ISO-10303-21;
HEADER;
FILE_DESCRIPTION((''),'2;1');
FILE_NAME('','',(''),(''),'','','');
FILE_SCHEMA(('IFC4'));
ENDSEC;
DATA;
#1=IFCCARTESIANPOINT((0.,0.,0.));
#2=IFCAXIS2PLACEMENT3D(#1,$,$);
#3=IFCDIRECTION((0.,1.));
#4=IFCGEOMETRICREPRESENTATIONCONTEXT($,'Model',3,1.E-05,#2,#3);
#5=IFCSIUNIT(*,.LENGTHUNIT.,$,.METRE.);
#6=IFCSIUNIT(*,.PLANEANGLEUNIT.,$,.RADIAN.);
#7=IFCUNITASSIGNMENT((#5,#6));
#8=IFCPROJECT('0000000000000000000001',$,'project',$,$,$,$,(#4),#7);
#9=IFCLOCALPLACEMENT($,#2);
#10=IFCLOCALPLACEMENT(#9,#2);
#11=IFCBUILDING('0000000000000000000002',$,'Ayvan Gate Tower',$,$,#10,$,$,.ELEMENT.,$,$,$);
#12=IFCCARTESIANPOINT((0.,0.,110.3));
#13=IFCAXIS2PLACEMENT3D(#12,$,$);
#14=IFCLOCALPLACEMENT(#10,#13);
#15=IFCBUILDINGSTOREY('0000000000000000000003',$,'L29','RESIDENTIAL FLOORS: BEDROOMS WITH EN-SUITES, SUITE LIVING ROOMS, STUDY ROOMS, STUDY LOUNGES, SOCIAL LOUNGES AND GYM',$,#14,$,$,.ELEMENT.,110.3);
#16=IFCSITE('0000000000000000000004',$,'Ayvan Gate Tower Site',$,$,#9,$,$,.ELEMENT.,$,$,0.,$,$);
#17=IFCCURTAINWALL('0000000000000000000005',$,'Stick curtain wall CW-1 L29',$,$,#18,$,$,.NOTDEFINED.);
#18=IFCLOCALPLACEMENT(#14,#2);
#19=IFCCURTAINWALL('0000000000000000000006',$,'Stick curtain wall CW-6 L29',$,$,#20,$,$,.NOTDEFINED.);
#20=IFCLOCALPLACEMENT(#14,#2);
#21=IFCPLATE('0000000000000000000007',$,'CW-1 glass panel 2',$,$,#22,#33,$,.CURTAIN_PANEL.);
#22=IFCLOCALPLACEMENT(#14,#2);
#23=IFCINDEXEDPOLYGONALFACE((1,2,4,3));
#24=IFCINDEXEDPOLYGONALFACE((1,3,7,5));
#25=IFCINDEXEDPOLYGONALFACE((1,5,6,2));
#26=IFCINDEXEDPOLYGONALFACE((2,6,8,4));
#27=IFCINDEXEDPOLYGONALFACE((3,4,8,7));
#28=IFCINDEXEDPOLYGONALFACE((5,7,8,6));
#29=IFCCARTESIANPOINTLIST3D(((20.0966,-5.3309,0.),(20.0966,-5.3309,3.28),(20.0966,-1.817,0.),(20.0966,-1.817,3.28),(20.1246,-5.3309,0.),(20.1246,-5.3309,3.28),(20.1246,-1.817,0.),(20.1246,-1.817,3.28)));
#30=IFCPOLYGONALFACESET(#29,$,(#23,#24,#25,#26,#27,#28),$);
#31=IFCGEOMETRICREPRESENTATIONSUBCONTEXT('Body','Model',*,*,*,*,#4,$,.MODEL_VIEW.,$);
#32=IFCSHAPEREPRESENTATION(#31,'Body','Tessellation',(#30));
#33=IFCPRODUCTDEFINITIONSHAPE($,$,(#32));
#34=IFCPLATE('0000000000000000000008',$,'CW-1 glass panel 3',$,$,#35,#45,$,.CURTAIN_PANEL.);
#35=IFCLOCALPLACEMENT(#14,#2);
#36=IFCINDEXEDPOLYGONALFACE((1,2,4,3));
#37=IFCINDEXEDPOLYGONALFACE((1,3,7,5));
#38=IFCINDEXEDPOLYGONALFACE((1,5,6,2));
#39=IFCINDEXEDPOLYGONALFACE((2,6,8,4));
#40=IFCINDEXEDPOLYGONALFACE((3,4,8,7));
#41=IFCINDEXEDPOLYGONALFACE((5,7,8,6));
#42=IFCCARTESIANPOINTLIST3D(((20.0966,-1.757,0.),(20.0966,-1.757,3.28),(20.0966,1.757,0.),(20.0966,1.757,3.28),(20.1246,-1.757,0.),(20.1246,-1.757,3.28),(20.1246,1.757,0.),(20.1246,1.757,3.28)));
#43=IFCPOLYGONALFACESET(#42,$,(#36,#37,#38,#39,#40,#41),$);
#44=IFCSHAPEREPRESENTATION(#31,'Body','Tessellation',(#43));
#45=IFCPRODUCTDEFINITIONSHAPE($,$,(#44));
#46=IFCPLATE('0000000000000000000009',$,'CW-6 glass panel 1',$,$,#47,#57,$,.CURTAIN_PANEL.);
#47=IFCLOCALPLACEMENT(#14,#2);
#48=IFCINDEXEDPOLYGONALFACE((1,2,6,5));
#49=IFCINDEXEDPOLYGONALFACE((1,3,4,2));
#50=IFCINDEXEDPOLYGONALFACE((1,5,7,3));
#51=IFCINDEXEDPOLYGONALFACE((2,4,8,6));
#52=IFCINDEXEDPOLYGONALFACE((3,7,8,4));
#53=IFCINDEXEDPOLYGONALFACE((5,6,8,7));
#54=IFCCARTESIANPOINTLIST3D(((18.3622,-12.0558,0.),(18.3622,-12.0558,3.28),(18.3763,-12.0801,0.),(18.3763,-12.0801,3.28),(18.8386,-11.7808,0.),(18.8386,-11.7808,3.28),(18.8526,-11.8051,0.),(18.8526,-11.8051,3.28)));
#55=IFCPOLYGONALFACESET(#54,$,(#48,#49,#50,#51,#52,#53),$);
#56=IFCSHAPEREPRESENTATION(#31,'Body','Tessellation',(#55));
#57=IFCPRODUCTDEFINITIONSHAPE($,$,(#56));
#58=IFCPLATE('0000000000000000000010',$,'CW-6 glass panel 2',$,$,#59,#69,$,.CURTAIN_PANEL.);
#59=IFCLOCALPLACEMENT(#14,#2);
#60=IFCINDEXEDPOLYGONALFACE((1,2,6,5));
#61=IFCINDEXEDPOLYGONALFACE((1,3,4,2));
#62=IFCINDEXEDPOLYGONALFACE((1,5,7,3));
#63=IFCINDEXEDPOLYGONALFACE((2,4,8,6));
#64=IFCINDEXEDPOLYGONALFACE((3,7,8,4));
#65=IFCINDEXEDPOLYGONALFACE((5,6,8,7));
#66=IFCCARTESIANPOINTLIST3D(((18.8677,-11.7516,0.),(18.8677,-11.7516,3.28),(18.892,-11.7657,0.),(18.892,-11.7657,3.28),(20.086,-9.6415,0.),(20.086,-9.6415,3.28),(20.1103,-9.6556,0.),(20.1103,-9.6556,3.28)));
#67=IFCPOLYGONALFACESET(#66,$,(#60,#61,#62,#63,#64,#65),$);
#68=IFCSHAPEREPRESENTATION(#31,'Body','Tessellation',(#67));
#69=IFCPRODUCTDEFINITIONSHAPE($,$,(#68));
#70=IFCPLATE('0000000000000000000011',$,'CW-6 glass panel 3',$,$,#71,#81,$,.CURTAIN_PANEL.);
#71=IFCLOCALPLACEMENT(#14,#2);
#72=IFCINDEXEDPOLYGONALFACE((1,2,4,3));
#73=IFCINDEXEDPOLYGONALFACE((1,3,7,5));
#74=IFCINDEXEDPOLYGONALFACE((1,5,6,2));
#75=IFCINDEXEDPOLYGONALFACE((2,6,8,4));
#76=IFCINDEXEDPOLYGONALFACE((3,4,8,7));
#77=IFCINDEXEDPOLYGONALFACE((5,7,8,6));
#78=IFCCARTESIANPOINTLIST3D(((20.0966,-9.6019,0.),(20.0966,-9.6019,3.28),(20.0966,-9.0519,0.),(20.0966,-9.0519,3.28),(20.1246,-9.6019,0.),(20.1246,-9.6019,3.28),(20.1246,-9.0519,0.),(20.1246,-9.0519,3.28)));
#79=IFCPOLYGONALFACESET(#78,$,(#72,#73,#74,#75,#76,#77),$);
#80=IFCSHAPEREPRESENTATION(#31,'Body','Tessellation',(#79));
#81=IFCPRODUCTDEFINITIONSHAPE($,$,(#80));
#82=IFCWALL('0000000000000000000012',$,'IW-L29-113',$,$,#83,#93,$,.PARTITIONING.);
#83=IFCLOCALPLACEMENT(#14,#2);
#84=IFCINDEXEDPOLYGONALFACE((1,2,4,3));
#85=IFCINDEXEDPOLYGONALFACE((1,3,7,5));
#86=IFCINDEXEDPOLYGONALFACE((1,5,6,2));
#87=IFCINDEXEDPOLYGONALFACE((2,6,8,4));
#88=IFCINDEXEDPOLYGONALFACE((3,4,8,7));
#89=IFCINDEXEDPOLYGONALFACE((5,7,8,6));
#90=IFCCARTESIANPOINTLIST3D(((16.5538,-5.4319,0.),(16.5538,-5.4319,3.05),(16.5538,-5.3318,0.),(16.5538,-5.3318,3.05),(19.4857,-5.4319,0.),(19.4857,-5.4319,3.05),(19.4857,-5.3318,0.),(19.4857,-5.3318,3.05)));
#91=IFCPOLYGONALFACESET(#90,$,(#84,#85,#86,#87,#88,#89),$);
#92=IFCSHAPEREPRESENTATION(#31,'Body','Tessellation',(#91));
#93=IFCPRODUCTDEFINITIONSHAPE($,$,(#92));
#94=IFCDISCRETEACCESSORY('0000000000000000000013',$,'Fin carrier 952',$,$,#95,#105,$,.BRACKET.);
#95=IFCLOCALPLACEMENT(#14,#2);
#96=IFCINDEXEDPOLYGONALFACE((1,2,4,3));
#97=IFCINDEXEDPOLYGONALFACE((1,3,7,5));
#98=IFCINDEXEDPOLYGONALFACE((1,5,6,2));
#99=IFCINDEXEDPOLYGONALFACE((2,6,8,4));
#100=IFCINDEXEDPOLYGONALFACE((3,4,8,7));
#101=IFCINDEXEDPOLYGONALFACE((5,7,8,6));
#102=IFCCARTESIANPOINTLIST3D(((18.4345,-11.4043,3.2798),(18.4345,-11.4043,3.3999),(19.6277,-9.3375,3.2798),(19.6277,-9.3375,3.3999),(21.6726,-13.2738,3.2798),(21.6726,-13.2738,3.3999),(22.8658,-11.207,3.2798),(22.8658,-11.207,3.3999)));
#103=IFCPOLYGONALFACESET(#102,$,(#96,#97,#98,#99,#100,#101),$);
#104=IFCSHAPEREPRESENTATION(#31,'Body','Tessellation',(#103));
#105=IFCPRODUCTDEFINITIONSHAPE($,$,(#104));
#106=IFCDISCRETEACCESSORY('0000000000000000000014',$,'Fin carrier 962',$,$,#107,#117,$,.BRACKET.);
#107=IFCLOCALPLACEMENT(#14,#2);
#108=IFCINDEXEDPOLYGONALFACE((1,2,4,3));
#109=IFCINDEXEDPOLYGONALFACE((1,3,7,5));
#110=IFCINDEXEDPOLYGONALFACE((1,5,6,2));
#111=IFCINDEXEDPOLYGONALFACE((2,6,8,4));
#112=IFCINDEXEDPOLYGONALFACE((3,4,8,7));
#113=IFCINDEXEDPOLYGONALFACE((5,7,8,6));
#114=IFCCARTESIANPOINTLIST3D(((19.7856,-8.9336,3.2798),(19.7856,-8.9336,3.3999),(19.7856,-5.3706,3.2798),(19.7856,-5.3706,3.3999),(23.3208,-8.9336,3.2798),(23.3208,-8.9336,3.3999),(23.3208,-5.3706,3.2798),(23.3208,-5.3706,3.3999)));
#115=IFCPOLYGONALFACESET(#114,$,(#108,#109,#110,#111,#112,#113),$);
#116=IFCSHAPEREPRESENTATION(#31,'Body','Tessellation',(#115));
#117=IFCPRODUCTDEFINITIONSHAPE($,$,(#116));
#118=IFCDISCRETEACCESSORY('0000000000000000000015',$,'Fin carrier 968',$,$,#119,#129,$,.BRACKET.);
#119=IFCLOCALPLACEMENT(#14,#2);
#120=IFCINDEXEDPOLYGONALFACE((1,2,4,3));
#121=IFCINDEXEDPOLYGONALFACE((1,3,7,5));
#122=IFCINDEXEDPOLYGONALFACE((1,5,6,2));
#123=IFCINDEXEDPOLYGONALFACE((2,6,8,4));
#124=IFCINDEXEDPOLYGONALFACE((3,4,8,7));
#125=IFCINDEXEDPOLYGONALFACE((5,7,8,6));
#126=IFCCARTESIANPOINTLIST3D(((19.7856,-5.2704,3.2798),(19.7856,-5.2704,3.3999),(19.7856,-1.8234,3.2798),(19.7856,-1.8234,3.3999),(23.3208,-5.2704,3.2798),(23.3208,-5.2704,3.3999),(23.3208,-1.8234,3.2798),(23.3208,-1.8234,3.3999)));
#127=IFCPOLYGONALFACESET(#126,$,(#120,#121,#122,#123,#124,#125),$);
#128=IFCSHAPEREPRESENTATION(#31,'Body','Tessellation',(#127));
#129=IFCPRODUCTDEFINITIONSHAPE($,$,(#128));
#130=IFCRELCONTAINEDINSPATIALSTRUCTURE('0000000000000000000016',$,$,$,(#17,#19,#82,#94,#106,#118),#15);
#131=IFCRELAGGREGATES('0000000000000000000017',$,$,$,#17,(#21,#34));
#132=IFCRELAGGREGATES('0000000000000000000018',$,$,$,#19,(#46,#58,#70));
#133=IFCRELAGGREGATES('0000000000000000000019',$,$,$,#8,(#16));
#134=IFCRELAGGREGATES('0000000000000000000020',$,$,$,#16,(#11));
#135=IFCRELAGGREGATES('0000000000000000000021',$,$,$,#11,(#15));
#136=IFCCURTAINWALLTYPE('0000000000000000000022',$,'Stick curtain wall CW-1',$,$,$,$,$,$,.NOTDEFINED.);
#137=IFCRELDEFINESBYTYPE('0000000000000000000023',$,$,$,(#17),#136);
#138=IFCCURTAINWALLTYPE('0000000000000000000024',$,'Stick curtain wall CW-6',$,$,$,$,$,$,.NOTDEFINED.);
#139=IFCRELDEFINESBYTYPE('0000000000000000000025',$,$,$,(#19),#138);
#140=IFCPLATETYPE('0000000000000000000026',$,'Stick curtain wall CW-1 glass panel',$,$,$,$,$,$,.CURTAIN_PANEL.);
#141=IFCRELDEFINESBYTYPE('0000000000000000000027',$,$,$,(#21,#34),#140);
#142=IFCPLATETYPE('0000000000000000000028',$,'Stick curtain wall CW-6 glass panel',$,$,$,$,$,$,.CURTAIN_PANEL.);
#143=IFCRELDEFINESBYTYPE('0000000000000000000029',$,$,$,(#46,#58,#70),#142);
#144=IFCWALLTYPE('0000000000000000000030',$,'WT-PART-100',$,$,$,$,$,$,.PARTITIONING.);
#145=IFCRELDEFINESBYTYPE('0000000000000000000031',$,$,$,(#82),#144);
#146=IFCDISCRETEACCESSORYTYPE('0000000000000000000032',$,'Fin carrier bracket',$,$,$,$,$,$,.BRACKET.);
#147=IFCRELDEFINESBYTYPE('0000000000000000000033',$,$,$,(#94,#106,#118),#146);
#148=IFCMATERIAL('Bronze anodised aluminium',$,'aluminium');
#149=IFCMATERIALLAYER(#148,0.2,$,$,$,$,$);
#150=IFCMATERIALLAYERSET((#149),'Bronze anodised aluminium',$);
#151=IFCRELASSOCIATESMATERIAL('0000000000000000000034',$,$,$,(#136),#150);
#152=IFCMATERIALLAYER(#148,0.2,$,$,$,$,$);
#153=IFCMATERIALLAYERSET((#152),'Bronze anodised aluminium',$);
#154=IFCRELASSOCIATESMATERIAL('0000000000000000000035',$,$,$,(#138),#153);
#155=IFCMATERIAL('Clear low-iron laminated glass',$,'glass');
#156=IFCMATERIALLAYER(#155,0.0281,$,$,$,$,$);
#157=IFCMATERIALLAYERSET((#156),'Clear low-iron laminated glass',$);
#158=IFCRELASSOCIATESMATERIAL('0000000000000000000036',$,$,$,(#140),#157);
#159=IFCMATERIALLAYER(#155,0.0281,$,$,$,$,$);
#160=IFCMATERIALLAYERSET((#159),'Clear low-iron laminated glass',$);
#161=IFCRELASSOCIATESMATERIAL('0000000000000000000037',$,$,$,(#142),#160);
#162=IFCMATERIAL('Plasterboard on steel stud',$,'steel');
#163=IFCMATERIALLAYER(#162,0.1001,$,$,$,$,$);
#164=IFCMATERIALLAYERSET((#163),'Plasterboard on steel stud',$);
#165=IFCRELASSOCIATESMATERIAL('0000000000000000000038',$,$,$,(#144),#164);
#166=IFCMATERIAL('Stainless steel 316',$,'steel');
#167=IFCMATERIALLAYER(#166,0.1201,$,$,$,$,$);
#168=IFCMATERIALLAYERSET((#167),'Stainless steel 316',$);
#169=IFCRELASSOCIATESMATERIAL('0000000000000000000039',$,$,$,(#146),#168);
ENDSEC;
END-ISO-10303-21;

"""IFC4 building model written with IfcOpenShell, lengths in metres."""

from ifc_helpers import new_model, si_unit, direction, frame, frame_2d, origin, origin_2d, place, context, subcontext, project, spatial, rectangle, extrude, material, layer, layer_set, type_object, element, aggregate, save


model = new_model("IFC4")

# Units and contexts
model_context = context("Model", 3, precision=1e-05, world=origin(), true_north=direction((0.0, 1.0)))
body_context = subcontext(model_context, "Body", "Model", "MODEL_VIEW")
ifc_project = project(units=[si_unit("LENGTHUNIT", "METRE"), si_unit("PLANEANGLEUNIT", "RADIAN")], contexts=[model_context])

# Site, building, storey
site_placement = place(None, origin())
site = spatial("IfcSite", under=ifc_project, at=site_placement, Name="Ayvan Gate Tower Site", CompositionType="ELEMENT", RefElevation=0.0)
building_placement = place(site_placement, origin())
building = spatial("IfcBuilding", under=site, at=building_placement, Name="Ayvan Gate Tower", CompositionType="ELEMENT")
storey_placement = place(building_placement, frame((0.0, 0.0, 110.3)))
storey = spatial("IfcBuildingStorey", under=building, at=storey_placement, Name="L29", Description="RESIDENTIAL FLOORS: BEDROOMS WITH EN-SUITES, SUITE LIVING ROOMS, STUDY ROOMS, STUDY LOUNGES, SOCIAL LOUNGES AND GYM", CompositionType="ELEMENT", Elevation=110.3)

# Curtain walls
ifc_material_1 = material(Name="Bronze anodised aluminium", Category="aluminium")
ifc_layer_1 = layer(ifc_material_1, 0.2)
ifc_layer_set_1 = layer_set([ifc_layer_1], Name="Bronze anodised aluminium")
curtain_wall_type_1 = type_object("IfcCurtainWallType", Name="Stick curtain wall CW-1", PredefinedType="NOTDEFINED", material=ifc_layer_set_1)
curtain_wall_1_placement = place(storey_placement, origin())
curtain_wall_1 = element("IfcCurtainWall", 1, at=curtain_wall_1_placement, inside=storey, type_object=curtain_wall_type_1, Name="Stick curtain wall CW-1 L29", PredefinedType="NOTDEFINED")
ifc_layer_2 = layer(ifc_material_1, 0.2)
ifc_layer_set_2 = layer_set([ifc_layer_2], Name="Bronze anodised aluminium")
curtain_wall_type_2 = type_object("IfcCurtainWallType", Name="Stick curtain wall CW-6", PredefinedType="NOTDEFINED", material=ifc_layer_set_2)
curtain_wall_2_placement = place(storey_placement, origin())
curtain_wall_2 = element("IfcCurtainWall", 2, at=curtain_wall_2_placement, inside=storey, type_object=curtain_wall_type_2, Name="Stick curtain wall CW-6 L29", PredefinedType="NOTDEFINED")

# Plates
ifc_material_2 = material(Name="Clear low-iron laminated glass", Category="glass")
ifc_layer_3 = layer(ifc_material_2, 0.0281)
ifc_layer_set_3 = layer_set([ifc_layer_3], Name="Clear low-iron laminated glass")
plate_type_1 = type_object("IfcPlateType", Name="Stick curtain wall CW-1 glass panel", PredefinedType="CURTAIN_PANEL", material=ifc_layer_set_3)
plate_1_placement = place(storey_placement, frame((20.1106, -3.574, 0.0), z_axis=(0.0, 0.0, 1.0), x_axis=(0.0, 1.0, 0.0)))
plate_1 = element("IfcPlate", 3, at=plate_1_placement, type_object=plate_type_1, Name="CW-1 glass panel 2", PredefinedType="CURTAIN_PANEL", context=body_context, shape_type="SweptSolid", body=[
    extrude(rectangle(XDim=3.5139, YDim=0.0281, at=origin_2d()), origin(), (0.0, 0.0, 1.0), 3.28),
])
plate_2_placement = place(storey_placement, frame((20.1106, 0.0, 0.0), z_axis=(0.0, 0.0, 1.0), x_axis=(0.0, 1.0, 0.0)))
plate_2 = element("IfcPlate", 4, at=plate_2_placement, type_object=plate_type_1, Name="CW-1 glass panel 3", PredefinedType="CURTAIN_PANEL", context=body_context, shape_type="SweptSolid", body=[
    extrude(rectangle(XDim=3.5139, YDim=0.0281, at=origin_2d()), origin(), (0.0, 0.0, 1.0), 3.28),
])
aggregate(curtain_wall_1, [plate_1, plate_2])
ifc_layer_4 = layer(ifc_material_2, 0.0281)
ifc_layer_set_4 = layer_set([ifc_layer_4], Name="Clear low-iron laminated glass")
plate_type_2 = type_object("IfcPlateType", Name="Stick curtain wall CW-6 glass panel", PredefinedType="CURTAIN_PANEL", material=ifc_layer_set_4)
plate_3_placement = place(storey_placement, frame((18.6074, -11.9304, 0.0), z_axis=(0.0, 0.0, 1.0), x_axis=(0.866025, 0.5, 0.0)))
plate_3 = element("IfcPlate", 5, at=plate_3_placement, type_object=plate_type_2, Name="CW-6 glass panel 1", PredefinedType="CURTAIN_PANEL", context=body_context, shape_type="SweptSolid", body=[
    extrude(rectangle(XDim=0.55, YDim=0.0281, at=origin_2d()), origin(), (0.0, 0.0, 1.0), 3.28),
])
plate_4_placement = place(storey_placement, frame((19.489, -10.7036, 0.0), z_axis=(0.0, 0.0, 1.0), x_axis=(0.5, 0.866025, 0.0)))
plate_4 = element("IfcPlate", 6, at=plate_4_placement, type_object=plate_type_2, Name="CW-6 glass panel 2", PredefinedType="CURTAIN_PANEL", context=body_context, shape_type="SweptSolid", body=[
    extrude(rectangle(XDim=2.4365, YDim=0.0281, at=origin_2d()), origin(), (0.0, 0.0, 1.0), 3.28),
])
plate_5_placement = place(storey_placement, frame((20.1106, -9.3269, 0.0), z_axis=(0.0, 0.0, 1.0), x_axis=(0.0, 1.0, 0.0)))
plate_5 = element("IfcPlate", 7, at=plate_5_placement, type_object=plate_type_2, Name="CW-6 glass panel 3", PredefinedType="CURTAIN_PANEL", context=body_context, shape_type="SweptSolid", body=[
    extrude(rectangle(XDim=0.55, YDim=0.0281, at=origin_2d()), origin(), (0.0, 0.0, 1.0), 3.28),
])
aggregate(curtain_wall_2, [plate_3, plate_4, plate_5])

# Wall
ifc_material_3 = material(Name="Plasterboard on steel stud", Category="steel")
ifc_layer_5 = layer(ifc_material_3, 0.1001)
ifc_layer_set_5 = layer_set([ifc_layer_5], Name="Plasterboard on steel stud")
wall_type = type_object("IfcWallType", Name="WT-PART-100", PredefinedType="PARTITIONING", material=ifc_layer_set_5)
wall_placement = place(storey_placement, frame((19.4856, -5.3818, 0.0), z_axis=(0.0, 0.0, 1.0), x_axis=(-1.0, 0.0, 0.0)))
element("IfcWall", 8, at=wall_placement, inside=storey, type_object=wall_type, Name="IW-L29-113", PredefinedType="PARTITIONING", context=body_context, shape_type="SweptSolid", body=[
    extrude(rectangle(XDim=2.9319, YDim=0.1001, at=frame_2d((1.4658, 0.0))), origin(), (0.0, 0.0, 1.0), 3.05),
])

# Discrete accessories
ifc_material_4 = material(Name="Stainless steel 316", Category="steel")
ifc_layer_6 = layer(ifc_material_4, 0.1201)
ifc_layer_set_6 = layer_set([ifc_layer_6], Name="Stainless steel 316")
discrete_accessory_type = type_object("IfcDiscreteAccessoryType", Name="Fin carrier bracket", PredefinedType="BRACKET", material=ifc_layer_set_6)
discrete_accessory_1_placement = place(storey_placement, frame((20.6501, -11.3057, 3.2798), z_axis=(0.0, 0.0, 1.0), x_axis=(0.5, 0.866025, 0.0)))
element("IfcDiscreteAccessory", 9, at=discrete_accessory_1_placement, inside=storey, type_object=discrete_accessory_type, Name="Fin carrier 952", PredefinedType="BRACKET", context=body_context, shape_type="SweptSolid", body=[
    extrude(rectangle(XDim=2.3865, YDim=3.739, at=origin_2d()), origin(), (0.0, 0.0, 1.0), 0.1201),
])
discrete_accessory_2_placement = place(storey_placement, frame((21.5532, -7.1521, 3.2798), z_axis=(0.0, 0.0, 1.0), x_axis=(0.0, 1.0, 0.0)))
element("IfcDiscreteAccessory", 10, at=discrete_accessory_2_placement, inside=storey, type_object=discrete_accessory_type, Name="Fin carrier 962", PredefinedType="BRACKET", context=body_context, shape_type="SweptSolid", body=[
    extrude(rectangle(XDim=3.563, YDim=3.5352, at=origin_2d()), origin(), (0.0, 0.0, 1.0), 0.1201),
])
discrete_accessory_3_placement = place(storey_placement, frame((21.5532, -3.5469, 3.2798), z_axis=(0.0, 0.0, 1.0), x_axis=(0.0, 1.0, 0.0)))
element("IfcDiscreteAccessory", 11, at=discrete_accessory_3_placement, inside=storey, type_object=discrete_accessory_type, Name="Fin carrier 968", PredefinedType="BRACKET", context=body_context, shape_type="SweptSolid", body=[
    extrude(rectangle(XDim=3.447, YDim=3.5352, at=origin_2d()), origin(), (0.0, 0.0, 1.0), 0.1201),
])

save(model, "model.ifc")
